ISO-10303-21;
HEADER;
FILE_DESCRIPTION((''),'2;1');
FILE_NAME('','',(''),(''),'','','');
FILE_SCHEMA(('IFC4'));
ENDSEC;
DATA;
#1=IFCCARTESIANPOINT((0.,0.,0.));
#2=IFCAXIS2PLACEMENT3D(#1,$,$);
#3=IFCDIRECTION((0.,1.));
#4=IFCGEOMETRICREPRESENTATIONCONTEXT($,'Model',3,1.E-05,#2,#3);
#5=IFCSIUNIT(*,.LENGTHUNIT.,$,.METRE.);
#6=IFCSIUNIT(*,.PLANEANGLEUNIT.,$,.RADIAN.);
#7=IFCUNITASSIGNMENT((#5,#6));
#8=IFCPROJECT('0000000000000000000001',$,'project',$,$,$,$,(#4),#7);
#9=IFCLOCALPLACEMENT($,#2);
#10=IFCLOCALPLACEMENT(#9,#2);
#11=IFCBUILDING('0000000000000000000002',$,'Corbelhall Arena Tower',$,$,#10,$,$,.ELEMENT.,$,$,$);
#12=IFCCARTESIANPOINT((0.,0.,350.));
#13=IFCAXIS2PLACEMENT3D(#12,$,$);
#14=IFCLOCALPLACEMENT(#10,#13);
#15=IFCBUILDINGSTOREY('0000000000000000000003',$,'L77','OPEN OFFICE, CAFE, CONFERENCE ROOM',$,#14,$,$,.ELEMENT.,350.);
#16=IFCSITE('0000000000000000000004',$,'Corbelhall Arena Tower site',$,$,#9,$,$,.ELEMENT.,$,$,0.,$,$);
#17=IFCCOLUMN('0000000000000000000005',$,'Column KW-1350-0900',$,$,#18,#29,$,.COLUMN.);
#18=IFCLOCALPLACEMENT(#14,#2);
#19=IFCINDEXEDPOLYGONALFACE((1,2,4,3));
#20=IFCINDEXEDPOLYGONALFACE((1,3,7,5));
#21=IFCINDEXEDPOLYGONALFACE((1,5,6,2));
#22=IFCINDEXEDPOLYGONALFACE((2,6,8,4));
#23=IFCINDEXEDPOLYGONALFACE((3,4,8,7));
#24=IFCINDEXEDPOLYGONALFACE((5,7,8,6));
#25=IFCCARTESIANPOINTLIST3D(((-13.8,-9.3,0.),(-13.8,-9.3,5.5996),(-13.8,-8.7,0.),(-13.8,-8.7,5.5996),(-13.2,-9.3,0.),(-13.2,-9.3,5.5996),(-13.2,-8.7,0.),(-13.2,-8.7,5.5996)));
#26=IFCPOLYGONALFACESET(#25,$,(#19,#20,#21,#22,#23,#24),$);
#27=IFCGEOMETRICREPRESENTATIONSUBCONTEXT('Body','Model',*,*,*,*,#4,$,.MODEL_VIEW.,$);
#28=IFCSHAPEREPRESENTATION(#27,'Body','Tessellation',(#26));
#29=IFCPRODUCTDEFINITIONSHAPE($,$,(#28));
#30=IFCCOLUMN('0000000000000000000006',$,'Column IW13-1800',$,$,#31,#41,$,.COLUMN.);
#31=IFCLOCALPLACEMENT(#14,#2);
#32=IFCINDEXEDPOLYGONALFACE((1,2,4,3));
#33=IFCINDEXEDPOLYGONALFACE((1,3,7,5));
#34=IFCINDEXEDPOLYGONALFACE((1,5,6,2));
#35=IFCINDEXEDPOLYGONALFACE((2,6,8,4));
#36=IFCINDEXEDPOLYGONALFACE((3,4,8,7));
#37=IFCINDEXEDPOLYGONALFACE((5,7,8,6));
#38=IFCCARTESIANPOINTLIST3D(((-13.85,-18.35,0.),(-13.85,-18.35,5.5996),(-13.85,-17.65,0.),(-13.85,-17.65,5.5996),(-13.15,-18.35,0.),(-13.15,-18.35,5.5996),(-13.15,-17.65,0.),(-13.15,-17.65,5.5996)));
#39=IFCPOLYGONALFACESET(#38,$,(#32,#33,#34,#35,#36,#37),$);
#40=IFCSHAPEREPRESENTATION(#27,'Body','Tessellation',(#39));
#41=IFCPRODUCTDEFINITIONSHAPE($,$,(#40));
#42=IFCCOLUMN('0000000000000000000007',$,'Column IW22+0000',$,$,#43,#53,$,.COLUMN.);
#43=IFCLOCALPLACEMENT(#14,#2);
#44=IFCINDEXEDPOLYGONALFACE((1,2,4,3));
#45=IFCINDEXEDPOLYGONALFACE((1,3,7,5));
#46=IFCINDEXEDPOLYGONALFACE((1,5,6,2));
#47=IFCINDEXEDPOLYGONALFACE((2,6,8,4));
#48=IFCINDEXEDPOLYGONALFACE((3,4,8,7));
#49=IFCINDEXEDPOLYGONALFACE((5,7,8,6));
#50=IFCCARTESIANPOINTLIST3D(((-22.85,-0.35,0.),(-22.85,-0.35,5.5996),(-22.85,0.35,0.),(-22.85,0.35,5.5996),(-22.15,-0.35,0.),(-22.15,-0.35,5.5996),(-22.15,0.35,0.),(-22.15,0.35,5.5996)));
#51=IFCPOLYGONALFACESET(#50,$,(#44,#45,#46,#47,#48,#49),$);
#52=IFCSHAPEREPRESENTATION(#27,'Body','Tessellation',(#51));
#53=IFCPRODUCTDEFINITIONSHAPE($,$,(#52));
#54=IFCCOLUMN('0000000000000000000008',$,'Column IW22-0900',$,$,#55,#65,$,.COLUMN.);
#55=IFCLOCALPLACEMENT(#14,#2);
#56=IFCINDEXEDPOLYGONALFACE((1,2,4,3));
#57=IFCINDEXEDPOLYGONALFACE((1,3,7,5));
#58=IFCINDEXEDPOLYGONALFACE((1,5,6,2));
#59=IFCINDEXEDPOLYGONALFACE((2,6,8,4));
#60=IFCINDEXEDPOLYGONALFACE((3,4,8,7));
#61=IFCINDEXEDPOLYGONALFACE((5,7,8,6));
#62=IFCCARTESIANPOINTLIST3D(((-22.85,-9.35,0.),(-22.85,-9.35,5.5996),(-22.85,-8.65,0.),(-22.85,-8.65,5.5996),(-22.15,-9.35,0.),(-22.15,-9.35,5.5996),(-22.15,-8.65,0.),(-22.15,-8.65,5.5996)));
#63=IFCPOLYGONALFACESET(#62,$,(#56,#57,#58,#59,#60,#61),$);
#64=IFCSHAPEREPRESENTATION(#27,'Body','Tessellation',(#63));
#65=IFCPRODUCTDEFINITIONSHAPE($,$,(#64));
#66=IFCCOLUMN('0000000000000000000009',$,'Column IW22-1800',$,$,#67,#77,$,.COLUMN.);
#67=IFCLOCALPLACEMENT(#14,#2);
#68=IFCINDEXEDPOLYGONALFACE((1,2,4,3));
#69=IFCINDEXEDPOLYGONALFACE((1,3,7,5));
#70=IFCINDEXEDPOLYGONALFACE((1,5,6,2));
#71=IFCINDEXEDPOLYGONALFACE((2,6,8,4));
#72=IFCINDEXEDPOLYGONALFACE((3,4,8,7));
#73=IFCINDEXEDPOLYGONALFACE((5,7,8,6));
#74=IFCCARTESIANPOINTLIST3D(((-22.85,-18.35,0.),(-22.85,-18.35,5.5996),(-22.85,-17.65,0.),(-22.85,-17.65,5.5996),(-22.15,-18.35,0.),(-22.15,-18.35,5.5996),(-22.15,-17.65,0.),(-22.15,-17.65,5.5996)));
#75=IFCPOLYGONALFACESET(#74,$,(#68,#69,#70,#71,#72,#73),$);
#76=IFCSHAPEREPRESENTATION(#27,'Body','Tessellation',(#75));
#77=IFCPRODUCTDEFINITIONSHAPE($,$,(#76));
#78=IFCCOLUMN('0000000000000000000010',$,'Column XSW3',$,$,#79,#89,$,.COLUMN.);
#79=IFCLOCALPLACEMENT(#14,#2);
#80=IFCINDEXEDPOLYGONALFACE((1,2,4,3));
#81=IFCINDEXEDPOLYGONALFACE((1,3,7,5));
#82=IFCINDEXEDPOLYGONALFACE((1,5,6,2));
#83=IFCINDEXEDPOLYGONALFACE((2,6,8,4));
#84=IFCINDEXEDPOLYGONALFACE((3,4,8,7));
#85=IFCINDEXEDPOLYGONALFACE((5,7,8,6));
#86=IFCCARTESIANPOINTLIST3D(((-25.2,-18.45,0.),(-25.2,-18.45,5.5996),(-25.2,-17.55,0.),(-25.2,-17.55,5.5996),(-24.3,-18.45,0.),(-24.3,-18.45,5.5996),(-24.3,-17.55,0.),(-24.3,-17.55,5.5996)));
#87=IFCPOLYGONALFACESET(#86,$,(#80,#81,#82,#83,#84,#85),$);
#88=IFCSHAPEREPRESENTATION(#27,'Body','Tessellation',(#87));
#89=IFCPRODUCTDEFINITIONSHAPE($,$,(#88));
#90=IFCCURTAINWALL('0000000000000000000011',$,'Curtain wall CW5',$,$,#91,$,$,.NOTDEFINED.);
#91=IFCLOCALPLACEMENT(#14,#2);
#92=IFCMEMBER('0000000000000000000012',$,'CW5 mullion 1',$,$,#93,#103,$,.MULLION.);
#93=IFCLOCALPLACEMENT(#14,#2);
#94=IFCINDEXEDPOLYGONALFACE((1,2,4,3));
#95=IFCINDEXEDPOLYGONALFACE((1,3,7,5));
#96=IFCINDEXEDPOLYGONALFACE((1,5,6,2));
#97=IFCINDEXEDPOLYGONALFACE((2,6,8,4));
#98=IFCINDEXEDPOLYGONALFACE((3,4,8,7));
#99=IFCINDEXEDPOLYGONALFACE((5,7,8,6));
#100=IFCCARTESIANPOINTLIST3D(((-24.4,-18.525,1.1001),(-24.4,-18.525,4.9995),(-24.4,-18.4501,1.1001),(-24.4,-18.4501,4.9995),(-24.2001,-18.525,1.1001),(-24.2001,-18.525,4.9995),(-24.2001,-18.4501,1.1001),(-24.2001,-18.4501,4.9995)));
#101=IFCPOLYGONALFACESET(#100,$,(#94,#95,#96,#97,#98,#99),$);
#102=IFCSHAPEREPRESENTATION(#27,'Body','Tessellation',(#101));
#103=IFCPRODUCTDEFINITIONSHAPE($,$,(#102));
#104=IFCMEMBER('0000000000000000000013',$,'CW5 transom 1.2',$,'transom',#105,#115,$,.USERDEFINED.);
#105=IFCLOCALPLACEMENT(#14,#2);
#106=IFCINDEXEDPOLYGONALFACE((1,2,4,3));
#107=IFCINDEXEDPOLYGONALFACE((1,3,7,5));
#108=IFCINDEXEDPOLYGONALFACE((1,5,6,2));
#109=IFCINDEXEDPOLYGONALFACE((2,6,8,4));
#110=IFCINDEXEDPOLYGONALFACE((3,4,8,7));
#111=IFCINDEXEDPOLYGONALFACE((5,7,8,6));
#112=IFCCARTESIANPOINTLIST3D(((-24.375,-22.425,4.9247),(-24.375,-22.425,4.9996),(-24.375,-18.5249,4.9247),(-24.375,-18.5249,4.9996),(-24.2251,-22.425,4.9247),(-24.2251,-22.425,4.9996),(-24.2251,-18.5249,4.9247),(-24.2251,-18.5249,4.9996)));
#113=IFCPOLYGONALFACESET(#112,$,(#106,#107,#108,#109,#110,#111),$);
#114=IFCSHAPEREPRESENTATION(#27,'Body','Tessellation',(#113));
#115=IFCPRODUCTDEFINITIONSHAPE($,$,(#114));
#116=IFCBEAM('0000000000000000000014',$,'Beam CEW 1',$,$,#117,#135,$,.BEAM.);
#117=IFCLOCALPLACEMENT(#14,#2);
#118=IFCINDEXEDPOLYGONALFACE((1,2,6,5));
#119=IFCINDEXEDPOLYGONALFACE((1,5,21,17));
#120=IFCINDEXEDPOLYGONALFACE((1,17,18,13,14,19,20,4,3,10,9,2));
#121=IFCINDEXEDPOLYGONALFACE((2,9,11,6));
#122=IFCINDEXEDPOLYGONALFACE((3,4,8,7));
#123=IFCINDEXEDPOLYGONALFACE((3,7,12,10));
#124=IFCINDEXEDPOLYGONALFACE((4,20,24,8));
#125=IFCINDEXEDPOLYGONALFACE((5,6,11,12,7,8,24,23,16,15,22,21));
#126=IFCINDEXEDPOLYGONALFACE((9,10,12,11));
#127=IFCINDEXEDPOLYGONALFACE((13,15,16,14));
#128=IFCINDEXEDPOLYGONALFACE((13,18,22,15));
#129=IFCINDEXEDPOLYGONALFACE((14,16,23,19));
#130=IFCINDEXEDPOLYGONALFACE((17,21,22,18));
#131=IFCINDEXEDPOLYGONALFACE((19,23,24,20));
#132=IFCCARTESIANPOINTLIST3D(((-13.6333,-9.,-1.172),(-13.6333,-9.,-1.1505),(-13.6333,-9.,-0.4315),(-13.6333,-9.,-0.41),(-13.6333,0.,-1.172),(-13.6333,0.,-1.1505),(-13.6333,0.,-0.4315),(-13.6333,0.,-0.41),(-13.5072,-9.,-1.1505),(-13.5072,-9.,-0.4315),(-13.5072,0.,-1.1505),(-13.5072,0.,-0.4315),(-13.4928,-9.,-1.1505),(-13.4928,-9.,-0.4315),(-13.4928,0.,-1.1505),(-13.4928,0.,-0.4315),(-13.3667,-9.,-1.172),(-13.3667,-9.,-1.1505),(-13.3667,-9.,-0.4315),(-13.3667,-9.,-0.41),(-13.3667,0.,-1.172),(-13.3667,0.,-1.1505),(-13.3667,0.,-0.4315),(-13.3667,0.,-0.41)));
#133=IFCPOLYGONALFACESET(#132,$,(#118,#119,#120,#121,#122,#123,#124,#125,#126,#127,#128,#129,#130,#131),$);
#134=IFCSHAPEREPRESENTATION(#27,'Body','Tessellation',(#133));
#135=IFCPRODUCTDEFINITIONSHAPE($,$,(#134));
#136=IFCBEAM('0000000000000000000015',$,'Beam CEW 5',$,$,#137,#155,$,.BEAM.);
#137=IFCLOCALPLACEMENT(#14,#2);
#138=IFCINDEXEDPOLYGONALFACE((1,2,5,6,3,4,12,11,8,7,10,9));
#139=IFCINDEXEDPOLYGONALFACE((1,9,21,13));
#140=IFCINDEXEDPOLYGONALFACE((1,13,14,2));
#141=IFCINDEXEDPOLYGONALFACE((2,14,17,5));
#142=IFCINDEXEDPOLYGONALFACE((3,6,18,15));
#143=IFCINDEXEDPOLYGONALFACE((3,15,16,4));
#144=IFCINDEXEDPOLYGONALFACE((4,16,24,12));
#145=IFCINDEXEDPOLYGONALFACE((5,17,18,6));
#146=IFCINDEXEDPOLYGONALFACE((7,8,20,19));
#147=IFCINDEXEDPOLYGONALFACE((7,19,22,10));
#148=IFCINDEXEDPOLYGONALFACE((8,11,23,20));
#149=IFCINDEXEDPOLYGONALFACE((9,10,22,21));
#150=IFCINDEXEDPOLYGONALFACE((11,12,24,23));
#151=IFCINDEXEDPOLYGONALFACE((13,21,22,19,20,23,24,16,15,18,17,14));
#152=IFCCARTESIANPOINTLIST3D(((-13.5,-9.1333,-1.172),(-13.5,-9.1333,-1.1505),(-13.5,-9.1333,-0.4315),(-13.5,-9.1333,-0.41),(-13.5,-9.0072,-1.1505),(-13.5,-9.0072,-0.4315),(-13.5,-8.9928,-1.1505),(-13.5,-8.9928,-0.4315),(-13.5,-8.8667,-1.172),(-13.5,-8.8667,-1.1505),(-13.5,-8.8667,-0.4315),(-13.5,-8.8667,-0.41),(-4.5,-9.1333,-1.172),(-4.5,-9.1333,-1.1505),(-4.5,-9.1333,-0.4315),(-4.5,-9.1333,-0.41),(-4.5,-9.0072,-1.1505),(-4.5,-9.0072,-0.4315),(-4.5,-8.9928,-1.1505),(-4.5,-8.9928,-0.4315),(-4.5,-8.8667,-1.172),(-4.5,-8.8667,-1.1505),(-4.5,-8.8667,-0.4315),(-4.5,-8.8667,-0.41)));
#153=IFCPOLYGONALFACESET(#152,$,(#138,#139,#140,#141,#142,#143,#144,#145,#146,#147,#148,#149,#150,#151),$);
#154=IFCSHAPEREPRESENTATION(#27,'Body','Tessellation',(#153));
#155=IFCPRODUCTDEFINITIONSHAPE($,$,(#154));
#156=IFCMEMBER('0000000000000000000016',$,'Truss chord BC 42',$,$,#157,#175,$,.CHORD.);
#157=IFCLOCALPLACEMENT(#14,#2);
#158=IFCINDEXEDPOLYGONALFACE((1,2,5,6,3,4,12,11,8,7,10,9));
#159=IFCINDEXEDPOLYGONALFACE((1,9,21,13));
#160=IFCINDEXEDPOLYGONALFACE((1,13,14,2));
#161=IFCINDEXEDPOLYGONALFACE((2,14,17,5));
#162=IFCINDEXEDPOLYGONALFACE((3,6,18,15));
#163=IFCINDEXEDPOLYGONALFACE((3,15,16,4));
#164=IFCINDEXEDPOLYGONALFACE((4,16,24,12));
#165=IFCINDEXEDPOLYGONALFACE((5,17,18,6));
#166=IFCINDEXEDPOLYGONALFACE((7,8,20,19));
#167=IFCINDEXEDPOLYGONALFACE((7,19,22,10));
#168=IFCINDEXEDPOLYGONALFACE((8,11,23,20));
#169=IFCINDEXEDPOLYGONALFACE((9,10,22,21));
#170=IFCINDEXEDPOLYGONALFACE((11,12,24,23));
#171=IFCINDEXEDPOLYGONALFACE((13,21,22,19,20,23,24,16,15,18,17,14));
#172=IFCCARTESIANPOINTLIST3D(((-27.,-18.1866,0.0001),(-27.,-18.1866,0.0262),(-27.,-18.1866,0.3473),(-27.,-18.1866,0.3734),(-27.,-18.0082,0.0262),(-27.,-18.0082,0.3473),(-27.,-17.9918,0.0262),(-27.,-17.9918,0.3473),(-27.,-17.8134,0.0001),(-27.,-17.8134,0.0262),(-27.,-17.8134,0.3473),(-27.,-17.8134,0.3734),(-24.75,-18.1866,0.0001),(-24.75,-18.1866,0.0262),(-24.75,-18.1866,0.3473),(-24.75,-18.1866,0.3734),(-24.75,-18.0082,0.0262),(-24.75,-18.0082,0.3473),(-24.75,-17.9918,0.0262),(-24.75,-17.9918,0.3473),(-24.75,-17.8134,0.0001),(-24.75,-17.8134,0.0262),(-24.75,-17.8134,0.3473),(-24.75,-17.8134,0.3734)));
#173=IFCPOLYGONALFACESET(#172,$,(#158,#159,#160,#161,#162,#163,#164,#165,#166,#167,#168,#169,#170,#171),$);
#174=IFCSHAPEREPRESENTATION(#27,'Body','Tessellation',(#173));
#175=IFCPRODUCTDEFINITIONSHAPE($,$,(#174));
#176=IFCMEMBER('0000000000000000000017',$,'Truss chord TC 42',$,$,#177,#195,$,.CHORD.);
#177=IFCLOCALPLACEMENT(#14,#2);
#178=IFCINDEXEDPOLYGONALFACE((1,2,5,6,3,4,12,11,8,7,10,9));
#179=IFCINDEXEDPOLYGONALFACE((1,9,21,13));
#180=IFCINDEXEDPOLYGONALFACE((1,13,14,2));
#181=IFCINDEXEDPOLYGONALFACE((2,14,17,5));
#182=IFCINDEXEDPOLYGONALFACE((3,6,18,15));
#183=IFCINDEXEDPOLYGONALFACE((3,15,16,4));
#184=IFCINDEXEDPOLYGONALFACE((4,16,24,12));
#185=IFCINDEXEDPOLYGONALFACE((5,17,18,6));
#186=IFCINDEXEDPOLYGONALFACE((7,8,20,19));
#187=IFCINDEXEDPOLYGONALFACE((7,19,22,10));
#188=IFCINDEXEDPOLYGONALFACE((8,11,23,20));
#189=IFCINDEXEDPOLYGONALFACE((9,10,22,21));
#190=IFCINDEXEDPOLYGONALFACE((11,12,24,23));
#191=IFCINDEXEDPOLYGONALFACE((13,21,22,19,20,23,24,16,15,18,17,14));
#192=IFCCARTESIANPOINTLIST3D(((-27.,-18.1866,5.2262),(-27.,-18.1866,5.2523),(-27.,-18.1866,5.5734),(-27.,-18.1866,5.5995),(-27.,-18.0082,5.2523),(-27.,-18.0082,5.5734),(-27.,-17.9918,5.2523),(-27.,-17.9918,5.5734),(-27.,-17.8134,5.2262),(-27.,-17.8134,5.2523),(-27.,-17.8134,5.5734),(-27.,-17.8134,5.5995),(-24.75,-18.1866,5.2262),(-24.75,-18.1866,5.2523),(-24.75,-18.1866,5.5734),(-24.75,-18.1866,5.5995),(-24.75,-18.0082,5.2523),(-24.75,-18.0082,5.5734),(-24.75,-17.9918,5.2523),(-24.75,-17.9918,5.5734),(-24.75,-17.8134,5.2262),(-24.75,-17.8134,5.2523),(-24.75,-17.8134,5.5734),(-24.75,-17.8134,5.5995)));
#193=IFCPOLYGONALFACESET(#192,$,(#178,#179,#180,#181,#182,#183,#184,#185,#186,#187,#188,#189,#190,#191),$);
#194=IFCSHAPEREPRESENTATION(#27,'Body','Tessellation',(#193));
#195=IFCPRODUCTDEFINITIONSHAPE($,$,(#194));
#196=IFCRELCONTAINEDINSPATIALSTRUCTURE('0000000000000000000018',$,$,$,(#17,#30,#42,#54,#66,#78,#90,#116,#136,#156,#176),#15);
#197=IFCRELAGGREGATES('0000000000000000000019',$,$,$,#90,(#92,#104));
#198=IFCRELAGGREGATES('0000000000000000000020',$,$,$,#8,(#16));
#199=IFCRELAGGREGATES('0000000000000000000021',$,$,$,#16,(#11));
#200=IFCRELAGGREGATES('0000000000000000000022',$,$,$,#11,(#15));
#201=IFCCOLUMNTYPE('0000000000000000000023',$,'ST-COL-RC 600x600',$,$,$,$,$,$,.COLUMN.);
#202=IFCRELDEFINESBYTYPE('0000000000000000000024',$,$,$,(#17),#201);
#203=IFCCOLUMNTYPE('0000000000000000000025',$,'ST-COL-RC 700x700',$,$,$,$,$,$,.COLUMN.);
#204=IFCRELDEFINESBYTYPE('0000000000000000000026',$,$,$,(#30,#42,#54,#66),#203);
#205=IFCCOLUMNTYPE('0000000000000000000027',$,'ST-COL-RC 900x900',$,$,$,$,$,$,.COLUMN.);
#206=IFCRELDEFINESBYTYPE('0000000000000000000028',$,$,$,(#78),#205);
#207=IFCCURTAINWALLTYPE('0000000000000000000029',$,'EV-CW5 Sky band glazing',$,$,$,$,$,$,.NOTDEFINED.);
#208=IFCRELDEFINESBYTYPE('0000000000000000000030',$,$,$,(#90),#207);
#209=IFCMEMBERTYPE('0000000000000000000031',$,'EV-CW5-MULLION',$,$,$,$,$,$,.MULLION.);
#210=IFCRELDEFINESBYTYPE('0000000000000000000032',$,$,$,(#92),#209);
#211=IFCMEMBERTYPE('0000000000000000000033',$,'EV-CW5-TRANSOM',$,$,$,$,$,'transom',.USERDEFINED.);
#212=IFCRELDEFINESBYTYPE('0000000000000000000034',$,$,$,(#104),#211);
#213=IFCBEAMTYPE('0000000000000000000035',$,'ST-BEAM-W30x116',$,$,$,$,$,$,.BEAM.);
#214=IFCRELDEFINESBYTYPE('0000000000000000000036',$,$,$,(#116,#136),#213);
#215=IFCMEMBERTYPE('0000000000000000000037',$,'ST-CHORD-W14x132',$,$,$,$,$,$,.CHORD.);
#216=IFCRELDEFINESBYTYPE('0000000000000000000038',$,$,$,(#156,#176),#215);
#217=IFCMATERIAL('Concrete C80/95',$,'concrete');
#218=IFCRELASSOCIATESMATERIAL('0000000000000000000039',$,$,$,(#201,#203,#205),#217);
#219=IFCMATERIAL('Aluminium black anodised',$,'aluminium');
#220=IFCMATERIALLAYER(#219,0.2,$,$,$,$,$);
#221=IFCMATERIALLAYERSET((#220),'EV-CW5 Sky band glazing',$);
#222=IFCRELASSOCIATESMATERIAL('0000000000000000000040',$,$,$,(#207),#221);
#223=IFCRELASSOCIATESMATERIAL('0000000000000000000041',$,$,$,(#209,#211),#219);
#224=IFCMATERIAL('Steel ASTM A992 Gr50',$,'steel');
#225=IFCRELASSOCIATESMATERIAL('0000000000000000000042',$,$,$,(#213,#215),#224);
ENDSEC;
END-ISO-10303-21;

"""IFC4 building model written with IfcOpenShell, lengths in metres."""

from ifc_helpers import new_model, si_unit, direction, frame, origin, origin_2d, place, context, subcontext, project, spatial, rectangle, i_section, extrude, material, layer, layer_set, material_profile, profile_set, type_object, element, aggregate, save


model = new_model("IFC4")

# Units and contexts
model_context = context("Model", 3, precision=1e-05, world=origin(), true_north=direction((0.0, 1.0)))
body_context = subcontext(model_context, "Body", "Model", "MODEL_VIEW")
ifc_project = project(units=[si_unit("LENGTHUNIT", "METRE"), si_unit("PLANEANGLEUNIT", "RADIAN")], contexts=[model_context])

# Site, building, storey
site_placement = place(None, origin())
site = spatial("IfcSite", under=ifc_project, at=site_placement, Name="Corbelhall Arena Tower site", CompositionType="ELEMENT", RefElevation=0.0)
building_placement = place(site_placement, origin())
building = spatial("IfcBuilding", under=site, at=building_placement, Name="Corbelhall Arena Tower", CompositionType="ELEMENT")
storey_placement = place(building_placement, frame((0.0, 0.0, 350.0)))
storey = spatial("IfcBuildingStorey", under=building, at=storey_placement, Name="L77", Description="OPEN OFFICE, CAFE, CONFERENCE ROOM", CompositionType="ELEMENT", Elevation=350.0)

# Columns
ifc_material_1 = material(Name="Concrete C80/95", Category="concrete")
ifc_material_profile_1 = material_profile(ifc_material_1, rectangle(XDim=0.6001, YDim=0.6001, at=origin_2d()))
ifc_profile_set_1 = profile_set([ifc_material_profile_1], Name="Concrete C80/95")
column_type_1 = type_object("IfcColumnType", Name="ST-COL-RC 600x600", PredefinedType="COLUMN", material=ifc_profile_set_1)
column_1_placement = place(storey_placement, frame((-13.5, -9.0, 0.0), z_axis=(0.0, 0.0, 1.0), x_axis=(1.0, 0.0, 0.0)))
element("IfcColumn", 1, at=column_1_placement, inside=storey, type_object=column_type_1, Name="Column KW-1350-0900", PredefinedType="COLUMN", context=body_context, shape_type="SweptSolid", body=[
    extrude(rectangle(XDim=0.6001, YDim=0.6001, at=origin_2d()), origin(), (0.0, 0.0, 1.0), 5.5996),
])
ifc_material_profile_2 = material_profile(ifc_material_1, rectangle(XDim=0.7, YDim=0.7, at=origin_2d()))
ifc_profile_set_2 = profile_set([ifc_material_profile_2], Name="Concrete C80/95")
column_type_2 = type_object("IfcColumnType", Name="ST-COL-RC 700x700", PredefinedType="COLUMN", material=ifc_profile_set_2)
for number, where, z_axis, x_axis, name in (
    (2, (-13.5, -18.0, 0.0), (0.0, 0.0, 1.0), (1.0, 0.0, 0.0), "Column IW13-1800"),
    (3, (-22.5, 0.0, 0.0), (0.0, 0.0, 1.0), (1.0, 0.0, 0.0), "Column IW22+0000"),
    (4, (-22.5, -9.0, 0.0), (0.0, 0.0, 1.0), (1.0, 0.0, 0.0), "Column IW22-0900"),
    (5, (-22.5, -18.0, 0.0), (0.0, 0.0, 1.0), (1.0, 0.0, 0.0), "Column IW22-1800"),
):
    element("IfcColumn", number, at=place(storey_placement, frame(where, z_axis=z_axis, x_axis=x_axis)), inside=storey, type_object=column_type_2, Name=name, PredefinedType="COLUMN", context=body_context, shape_type="SweptSolid", body=[
        extrude(rectangle(XDim=0.7, YDim=0.7, at=origin_2d()), origin(), (0.0, 0.0, 1.0), 5.5996),
    ])
ifc_material_profile_3 = material_profile(ifc_material_1, rectangle(XDim=0.8999, YDim=0.8999, at=origin_2d()))
ifc_profile_set_3 = profile_set([ifc_material_profile_3], Name="Concrete C80/95")
column_type_3 = type_object("IfcColumnType", Name="ST-COL-RC 900x900", PredefinedType="COLUMN", material=ifc_profile_set_3)
column_2_placement = place(storey_placement, frame((-24.75, -18.0, 0.0), z_axis=(0.0, 0.0, 1.0), x_axis=(1.0, 0.0, 0.0)))
element("IfcColumn", 6, at=column_2_placement, inside=storey, type_object=column_type_3, Name="Column XSW3", PredefinedType="COLUMN", context=body_context, shape_type="SweptSolid", body=[
    extrude(rectangle(XDim=0.8999, YDim=0.8999, at=origin_2d()), origin(), (0.0, 0.0, 1.0), 5.5996),
])

# Curtain wall, members
ifc_material_2 = material(Name="Aluminium black anodised", Category="aluminium")
ifc_layer_1 = layer(ifc_material_2, 0.2)
ifc_layer_set_1 = layer_set([ifc_layer_1], Name="EV-CW5 Sky band glazing")
curtain_wall_type = type_object("IfcCurtainWallType", Name="EV-CW5 Sky band glazing", PredefinedType="NOTDEFINED", material=ifc_layer_set_1)
curtain_wall_placement = place(storey_placement, origin())
curtain_wall = element("IfcCurtainWall", 7, at=curtain_wall_placement, inside=storey, type_object=curtain_wall_type, Name="Curtain wall CW5", PredefinedType="NOTDEFINED")
ifc_material_profile_4 = material_profile(ifc_material_2, rectangle(XDim=0.2, YDim=0.075, at=origin_2d()))
ifc_profile_set_4 = profile_set([ifc_material_profile_4], Name="Aluminium black anodised")
member_type_1 = type_object("IfcMemberType", Name="EV-CW5-MULLION", PredefinedType="MULLION", material=ifc_profile_set_4)
member_1_placement = place(storey_placement, frame((-24.3, -18.4875, 1.1001), z_axis=(0.0, 0.0, 1.0), x_axis=(1.0, 0.0, 0.0)))
member_1 = element("IfcMember", 8, at=member_1_placement, type_object=member_type_1, Name="CW5 mullion 1", PredefinedType="MULLION", context=body_context, shape_type="SweptSolid", body=[
    extrude(rectangle(XDim=0.2, YDim=0.075, at=origin_2d()), origin(), (0.0, 0.0, 1.0), 3.8994),
])
ifc_material_profile_5 = material_profile(ifc_material_2, rectangle(XDim=0.1499, YDim=0.075, at=origin_2d()))
ifc_profile_set_5 = profile_set([ifc_material_profile_5], Name="Aluminium black anodised")
member_type_2 = type_object("IfcMemberType", Name="EV-CW5-TRANSOM", ElementType="transom", PredefinedType="USERDEFINED", material=ifc_profile_set_5)
member_2_placement = place(storey_placement, frame((-24.3, -18.5249, 4.9622), z_axis=(0.0, -1.0, 0.0), x_axis=(1.0, 0.0, 0.0)))
member_2 = element("IfcMember", 9, at=member_2_placement, type_object=member_type_2, Name="CW5 transom 1.2", ObjectType="transom", PredefinedType="USERDEFINED", context=body_context, shape_type="SweptSolid", body=[
    extrude(rectangle(XDim=0.1499, YDim=0.075, at=origin_2d()), origin(), (0.0, 0.0, 1.0), 3.9001),
])
aggregate(curtain_wall, [member_1, member_2])

# Beams
ifc_material_3 = material(Name="Steel ASTM A992 Gr50", Category="steel")
ifc_material_profile_6 = material_profile(ifc_material_3, i_section(OverallWidth=0.2666, OverallDepth=0.762, WebThickness=0.0144, FlangeThickness=0.0215, at=origin_2d()))
ifc_profile_set_6 = profile_set([ifc_material_profile_6], Name="Steel ASTM A992 Gr50")
beam_type_1 = type_object("IfcBeamType", Name="ST-BEAM-W30x116", PredefinedType="BEAM", material=ifc_profile_set_6)
for number, where, z_axis, x_axis, name in (
    (10, (-13.5, -9.0, -0.791), (0.0, 1.0, 0.0), (-1.0, 0.0, 0.0), "Beam CEW 1"),
    (11, (-13.5, -9.0, -0.791), (1.0, 0.0, 0.0), (0.0, 1.0, 0.0), "Beam CEW 5"),
):
    element("IfcBeam", number, at=place(storey_placement, frame(where, z_axis=z_axis, x_axis=x_axis)), inside=storey, type_object=beam_type_1, Name=name, PredefinedType="BEAM", context=body_context, shape_type="SweptSolid", body=[
        extrude(i_section(OverallWidth=0.2666, OverallDepth=0.762, WebThickness=0.0144, FlangeThickness=0.0215, at=origin_2d()), origin(), (0.0, 0.0, 1.0), 9.0),
    ])

# Members
ifc_material_profile_7 = material_profile(ifc_material_3, i_section(OverallWidth=0.3733, OverallDepth=0.3733, WebThickness=0.0164, FlangeThickness=0.0261, at=origin_2d()))
ifc_profile_set_7 = profile_set([ifc_material_profile_7], Name="Steel ASTM A992 Gr50")
member_type_3 = type_object("IfcMemberType", Name="ST-CHORD-W14x132", PredefinedType="CHORD", material=ifc_profile_set_7)
for number, where, z_axis, x_axis, name in (
    (12, (-24.75, -18.0, 0.1868), (-1.0, 0.0, 0.0), (0.0, -1.0, 0.0), "Truss chord BC 42"),
    (13, (-24.75, -18.0, 5.4128), (-1.0, 0.0, 0.0), (0.0, -1.0, 0.0), "Truss chord TC 42"),
):
    element("IfcMember", number, at=place(storey_placement, frame(where, z_axis=z_axis, x_axis=x_axis)), inside=storey, type_object=member_type_3, Name=name, PredefinedType="CHORD", context=body_context, shape_type="SweptSolid", body=[
        extrude(i_section(OverallWidth=0.3733, OverallDepth=0.3733, WebThickness=0.0164, FlangeThickness=0.0261, at=origin_2d()), origin(), (0.0, 0.0, 1.0), 2.25),
    ])

save(model, "model.ifc")
